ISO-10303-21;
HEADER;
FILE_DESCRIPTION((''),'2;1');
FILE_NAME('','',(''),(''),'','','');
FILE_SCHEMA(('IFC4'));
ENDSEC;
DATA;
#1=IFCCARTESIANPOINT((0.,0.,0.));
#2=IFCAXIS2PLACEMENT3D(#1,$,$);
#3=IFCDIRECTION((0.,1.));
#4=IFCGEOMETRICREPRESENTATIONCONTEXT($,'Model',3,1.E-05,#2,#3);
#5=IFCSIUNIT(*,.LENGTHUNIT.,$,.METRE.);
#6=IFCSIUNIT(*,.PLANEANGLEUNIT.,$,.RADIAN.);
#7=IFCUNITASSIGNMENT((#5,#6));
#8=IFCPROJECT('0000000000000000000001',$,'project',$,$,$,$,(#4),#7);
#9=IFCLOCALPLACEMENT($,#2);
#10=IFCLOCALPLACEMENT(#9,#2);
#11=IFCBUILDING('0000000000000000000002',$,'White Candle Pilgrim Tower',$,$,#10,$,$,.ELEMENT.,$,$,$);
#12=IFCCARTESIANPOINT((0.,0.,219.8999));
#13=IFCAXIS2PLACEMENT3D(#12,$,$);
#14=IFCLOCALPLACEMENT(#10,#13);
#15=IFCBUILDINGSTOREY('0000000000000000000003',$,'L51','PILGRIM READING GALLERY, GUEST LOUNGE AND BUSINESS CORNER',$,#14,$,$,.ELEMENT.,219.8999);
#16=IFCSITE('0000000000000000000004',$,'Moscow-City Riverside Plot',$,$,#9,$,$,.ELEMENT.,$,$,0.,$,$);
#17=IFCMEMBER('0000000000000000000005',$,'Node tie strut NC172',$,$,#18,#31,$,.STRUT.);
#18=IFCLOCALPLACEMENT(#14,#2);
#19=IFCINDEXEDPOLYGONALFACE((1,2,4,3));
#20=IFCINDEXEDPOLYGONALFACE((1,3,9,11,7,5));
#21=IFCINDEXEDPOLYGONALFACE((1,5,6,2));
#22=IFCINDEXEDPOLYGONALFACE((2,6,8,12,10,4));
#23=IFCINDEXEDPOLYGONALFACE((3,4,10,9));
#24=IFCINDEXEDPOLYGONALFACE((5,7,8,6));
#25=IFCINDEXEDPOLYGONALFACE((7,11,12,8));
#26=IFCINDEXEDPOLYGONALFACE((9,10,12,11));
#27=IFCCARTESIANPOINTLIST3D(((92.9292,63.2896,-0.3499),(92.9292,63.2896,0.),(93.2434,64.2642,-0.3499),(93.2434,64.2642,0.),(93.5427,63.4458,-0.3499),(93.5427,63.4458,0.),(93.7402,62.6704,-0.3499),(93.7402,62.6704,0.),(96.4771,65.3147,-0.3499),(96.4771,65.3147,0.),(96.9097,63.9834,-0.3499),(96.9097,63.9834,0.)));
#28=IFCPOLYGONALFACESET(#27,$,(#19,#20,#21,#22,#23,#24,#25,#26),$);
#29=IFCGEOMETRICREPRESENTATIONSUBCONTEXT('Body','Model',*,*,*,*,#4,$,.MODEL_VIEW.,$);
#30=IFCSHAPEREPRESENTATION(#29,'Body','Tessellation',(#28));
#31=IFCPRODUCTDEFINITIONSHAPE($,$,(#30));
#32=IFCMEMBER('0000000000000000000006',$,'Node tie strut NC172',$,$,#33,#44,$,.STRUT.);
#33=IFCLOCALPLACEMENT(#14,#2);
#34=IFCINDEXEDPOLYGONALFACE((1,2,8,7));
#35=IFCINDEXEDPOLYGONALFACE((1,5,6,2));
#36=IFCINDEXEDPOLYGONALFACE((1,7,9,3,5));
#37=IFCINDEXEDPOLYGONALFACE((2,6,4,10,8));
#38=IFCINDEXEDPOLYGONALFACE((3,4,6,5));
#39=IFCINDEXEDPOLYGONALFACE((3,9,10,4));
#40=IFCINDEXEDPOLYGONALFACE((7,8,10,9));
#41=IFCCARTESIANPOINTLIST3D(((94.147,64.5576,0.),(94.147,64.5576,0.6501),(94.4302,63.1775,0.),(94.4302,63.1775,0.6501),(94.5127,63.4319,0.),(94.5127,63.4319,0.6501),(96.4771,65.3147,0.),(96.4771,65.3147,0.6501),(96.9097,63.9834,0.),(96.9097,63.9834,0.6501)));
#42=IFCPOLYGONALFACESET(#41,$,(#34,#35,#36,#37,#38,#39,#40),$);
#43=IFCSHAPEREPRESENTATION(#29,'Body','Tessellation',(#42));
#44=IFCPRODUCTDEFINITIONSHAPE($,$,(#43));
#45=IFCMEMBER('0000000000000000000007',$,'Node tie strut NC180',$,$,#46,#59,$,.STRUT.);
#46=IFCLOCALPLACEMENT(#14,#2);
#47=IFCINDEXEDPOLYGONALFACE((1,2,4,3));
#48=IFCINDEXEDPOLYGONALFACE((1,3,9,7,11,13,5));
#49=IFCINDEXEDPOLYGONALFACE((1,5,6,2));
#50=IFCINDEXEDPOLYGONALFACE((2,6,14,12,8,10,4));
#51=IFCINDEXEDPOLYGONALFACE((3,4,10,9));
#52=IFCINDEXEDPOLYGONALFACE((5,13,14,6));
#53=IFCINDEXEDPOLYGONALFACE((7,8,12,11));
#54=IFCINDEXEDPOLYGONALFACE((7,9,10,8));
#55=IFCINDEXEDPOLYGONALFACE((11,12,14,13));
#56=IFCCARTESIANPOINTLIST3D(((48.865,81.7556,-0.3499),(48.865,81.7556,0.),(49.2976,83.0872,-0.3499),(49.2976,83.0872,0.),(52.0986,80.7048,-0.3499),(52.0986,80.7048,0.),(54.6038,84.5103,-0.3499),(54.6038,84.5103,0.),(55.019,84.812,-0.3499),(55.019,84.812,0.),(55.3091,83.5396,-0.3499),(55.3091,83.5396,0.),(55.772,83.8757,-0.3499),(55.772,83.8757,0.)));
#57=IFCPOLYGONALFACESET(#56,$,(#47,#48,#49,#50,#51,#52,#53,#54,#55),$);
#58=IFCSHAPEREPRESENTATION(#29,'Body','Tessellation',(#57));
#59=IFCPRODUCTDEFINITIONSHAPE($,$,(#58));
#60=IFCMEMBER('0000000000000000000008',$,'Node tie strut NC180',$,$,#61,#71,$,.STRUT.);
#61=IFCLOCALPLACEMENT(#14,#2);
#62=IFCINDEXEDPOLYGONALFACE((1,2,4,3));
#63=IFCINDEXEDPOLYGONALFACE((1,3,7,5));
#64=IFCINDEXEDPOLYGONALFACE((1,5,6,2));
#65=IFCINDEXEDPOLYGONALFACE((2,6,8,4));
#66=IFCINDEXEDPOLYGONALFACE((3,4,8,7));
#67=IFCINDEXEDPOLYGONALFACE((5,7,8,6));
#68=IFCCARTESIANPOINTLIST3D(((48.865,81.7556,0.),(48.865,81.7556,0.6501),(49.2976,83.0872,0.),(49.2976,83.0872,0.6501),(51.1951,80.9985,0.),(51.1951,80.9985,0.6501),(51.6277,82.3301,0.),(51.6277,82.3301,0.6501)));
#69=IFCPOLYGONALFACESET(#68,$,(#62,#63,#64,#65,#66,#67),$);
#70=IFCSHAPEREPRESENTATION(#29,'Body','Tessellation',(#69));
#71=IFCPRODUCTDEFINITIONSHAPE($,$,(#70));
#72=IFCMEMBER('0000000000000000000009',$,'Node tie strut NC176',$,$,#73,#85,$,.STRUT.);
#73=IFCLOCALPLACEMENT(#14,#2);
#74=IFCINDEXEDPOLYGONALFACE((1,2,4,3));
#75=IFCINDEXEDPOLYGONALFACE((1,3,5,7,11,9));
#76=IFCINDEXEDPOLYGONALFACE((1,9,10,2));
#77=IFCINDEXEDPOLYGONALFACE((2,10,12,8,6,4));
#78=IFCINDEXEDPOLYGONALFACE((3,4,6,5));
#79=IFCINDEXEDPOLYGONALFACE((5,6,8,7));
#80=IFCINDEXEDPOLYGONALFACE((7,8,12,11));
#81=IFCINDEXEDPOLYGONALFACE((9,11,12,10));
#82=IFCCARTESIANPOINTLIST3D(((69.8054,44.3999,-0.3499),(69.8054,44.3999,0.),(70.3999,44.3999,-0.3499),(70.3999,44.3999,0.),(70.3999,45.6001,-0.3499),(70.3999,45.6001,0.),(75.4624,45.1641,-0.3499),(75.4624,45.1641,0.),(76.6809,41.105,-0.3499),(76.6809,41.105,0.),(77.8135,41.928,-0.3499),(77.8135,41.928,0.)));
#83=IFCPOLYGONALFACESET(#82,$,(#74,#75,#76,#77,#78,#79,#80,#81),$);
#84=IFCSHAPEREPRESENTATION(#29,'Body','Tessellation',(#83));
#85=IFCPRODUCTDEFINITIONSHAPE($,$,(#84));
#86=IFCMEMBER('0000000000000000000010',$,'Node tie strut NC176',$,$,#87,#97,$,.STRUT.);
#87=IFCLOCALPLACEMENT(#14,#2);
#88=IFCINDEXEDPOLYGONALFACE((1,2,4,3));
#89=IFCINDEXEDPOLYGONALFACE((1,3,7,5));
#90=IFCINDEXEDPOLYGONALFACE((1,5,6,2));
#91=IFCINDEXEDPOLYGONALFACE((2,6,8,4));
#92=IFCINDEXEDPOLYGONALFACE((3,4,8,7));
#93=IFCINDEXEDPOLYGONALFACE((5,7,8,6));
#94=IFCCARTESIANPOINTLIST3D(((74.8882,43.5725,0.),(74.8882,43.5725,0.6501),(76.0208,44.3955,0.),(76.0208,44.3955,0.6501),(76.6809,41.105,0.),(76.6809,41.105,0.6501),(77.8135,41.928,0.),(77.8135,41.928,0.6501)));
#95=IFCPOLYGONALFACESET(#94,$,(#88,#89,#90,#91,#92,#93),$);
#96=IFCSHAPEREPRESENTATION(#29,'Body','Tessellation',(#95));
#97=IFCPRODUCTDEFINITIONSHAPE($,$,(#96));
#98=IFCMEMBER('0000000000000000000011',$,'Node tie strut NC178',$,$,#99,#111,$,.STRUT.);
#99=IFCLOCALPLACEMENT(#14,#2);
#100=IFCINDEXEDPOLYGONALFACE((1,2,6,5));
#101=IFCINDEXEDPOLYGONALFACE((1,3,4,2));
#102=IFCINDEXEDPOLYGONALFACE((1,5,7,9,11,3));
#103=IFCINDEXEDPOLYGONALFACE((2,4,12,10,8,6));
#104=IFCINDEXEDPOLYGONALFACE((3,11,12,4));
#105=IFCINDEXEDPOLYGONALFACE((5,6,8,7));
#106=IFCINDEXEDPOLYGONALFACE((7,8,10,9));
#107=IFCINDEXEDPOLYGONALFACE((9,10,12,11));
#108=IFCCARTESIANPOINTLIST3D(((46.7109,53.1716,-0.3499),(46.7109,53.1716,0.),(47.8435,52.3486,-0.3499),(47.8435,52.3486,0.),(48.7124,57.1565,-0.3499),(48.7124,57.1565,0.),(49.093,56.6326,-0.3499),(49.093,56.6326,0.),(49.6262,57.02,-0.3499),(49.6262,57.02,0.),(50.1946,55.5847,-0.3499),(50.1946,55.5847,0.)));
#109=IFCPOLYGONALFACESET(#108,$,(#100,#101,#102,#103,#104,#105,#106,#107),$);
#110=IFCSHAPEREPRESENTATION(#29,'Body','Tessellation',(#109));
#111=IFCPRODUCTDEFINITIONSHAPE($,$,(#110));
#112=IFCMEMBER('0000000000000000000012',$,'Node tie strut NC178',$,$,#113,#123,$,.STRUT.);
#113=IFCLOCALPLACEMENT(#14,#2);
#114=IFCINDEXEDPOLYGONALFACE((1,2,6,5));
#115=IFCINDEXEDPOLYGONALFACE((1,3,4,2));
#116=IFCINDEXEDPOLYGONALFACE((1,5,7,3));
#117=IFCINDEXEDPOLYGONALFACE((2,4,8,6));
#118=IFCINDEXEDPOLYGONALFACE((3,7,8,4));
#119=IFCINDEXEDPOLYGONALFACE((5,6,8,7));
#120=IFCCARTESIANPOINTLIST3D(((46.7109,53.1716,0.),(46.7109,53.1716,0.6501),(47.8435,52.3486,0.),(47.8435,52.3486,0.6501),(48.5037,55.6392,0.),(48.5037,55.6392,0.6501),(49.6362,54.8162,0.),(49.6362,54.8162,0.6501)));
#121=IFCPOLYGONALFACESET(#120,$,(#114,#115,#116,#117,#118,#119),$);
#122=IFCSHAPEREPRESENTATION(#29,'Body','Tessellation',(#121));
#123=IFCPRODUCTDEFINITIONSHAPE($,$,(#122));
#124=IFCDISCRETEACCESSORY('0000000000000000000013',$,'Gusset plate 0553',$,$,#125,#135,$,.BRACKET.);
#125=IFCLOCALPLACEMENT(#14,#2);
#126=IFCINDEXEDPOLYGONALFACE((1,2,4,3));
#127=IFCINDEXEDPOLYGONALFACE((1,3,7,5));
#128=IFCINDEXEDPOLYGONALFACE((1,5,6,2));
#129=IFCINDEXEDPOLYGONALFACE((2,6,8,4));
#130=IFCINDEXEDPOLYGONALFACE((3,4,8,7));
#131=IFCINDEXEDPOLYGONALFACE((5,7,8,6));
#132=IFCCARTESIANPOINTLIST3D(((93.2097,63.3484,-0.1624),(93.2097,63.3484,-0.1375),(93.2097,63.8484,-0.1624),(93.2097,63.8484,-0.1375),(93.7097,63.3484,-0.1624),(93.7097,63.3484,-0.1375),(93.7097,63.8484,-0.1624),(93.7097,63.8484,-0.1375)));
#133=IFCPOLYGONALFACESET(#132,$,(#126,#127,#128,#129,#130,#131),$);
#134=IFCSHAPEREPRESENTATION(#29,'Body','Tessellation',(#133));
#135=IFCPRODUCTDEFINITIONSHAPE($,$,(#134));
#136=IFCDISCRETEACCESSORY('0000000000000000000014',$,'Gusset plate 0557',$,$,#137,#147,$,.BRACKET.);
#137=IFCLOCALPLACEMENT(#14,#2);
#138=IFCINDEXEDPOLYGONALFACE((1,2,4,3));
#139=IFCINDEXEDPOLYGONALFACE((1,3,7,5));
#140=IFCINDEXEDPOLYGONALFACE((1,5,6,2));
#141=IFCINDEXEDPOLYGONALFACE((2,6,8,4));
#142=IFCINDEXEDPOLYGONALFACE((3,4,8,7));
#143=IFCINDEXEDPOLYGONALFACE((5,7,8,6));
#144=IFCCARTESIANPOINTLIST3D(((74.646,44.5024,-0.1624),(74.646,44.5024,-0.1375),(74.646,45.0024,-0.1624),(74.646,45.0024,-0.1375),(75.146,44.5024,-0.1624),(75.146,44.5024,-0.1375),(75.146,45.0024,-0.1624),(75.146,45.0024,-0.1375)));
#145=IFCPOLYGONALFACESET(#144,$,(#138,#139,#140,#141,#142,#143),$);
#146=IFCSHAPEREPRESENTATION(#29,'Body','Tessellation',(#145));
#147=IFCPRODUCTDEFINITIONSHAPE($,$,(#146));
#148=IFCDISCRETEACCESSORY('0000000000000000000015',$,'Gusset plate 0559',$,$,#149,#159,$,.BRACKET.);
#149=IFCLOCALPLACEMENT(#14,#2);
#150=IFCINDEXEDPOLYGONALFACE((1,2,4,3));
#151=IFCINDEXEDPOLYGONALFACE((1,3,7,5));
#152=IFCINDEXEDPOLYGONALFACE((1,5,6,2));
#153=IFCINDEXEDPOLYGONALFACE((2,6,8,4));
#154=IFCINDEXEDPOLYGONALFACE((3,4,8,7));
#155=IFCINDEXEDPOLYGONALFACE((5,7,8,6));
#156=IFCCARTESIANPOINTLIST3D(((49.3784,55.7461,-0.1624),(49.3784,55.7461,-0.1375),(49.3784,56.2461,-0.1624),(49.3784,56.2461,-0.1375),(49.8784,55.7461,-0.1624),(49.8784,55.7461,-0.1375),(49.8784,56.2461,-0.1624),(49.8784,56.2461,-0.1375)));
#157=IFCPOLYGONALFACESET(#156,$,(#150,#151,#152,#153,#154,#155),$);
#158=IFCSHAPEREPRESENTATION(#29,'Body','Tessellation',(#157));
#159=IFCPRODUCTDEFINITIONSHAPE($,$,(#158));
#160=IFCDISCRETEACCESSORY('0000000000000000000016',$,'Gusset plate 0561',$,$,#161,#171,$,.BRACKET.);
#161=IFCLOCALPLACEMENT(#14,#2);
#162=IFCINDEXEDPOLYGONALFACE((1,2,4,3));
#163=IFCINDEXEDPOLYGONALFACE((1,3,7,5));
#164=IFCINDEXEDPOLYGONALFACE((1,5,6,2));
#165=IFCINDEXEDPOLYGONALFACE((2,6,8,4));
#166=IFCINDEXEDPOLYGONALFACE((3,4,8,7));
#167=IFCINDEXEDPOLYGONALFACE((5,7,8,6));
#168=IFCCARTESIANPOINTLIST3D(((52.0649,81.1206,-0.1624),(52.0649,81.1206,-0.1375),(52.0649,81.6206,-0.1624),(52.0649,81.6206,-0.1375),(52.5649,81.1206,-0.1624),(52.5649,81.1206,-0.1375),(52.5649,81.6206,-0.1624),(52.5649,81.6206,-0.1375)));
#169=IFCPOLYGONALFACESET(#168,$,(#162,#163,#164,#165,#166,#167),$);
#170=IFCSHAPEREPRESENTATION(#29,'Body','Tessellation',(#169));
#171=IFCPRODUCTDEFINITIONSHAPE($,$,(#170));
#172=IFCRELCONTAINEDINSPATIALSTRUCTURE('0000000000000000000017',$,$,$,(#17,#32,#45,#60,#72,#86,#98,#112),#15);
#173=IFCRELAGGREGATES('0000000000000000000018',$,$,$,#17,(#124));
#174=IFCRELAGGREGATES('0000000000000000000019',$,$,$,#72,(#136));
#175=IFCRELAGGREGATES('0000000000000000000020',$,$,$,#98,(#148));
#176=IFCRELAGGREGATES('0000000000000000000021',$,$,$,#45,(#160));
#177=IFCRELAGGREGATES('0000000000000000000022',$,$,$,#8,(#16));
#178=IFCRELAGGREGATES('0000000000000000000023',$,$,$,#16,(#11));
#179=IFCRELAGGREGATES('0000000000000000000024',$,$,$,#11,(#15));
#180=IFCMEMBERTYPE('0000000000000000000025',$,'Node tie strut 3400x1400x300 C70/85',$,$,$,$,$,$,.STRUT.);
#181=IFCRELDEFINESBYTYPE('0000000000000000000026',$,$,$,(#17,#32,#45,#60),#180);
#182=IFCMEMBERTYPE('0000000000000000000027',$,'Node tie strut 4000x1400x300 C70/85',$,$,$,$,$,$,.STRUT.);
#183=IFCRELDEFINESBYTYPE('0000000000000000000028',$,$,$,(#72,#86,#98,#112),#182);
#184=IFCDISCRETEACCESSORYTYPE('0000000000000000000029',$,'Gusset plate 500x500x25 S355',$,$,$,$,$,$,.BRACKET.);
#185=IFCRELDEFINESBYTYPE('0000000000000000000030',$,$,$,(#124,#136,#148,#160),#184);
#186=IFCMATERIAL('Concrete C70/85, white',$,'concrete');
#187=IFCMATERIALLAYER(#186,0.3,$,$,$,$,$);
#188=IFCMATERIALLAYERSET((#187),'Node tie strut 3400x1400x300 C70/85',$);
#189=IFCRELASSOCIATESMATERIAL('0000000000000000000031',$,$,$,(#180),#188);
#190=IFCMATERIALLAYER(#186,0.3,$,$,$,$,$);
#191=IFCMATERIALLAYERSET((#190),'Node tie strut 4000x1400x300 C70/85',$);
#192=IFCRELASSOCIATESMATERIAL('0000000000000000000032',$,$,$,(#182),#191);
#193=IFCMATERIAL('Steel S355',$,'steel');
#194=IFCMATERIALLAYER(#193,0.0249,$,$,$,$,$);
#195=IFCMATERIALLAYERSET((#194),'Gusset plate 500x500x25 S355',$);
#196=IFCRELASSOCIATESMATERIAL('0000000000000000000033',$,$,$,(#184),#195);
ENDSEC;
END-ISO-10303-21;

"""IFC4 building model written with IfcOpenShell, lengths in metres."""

from ifc_helpers import new_model, si_unit, direction, frame, origin, origin_2d, place, context, subcontext, project, spatial, polyline, rectangle, outline, extrude, material, layer, layer_set, type_object, element, aggregate, save


model = new_model("IFC4")

# Units and contexts
model_context = context("Model", 3, precision=1e-05, world=origin(), true_north=direction((0.0, 1.0)))
body_context = subcontext(model_context, "Body", "Model", "MODEL_VIEW")
ifc_project = project(units=[si_unit("LENGTHUNIT", "METRE"), si_unit("PLANEANGLEUNIT", "RADIAN")], contexts=[model_context])

# Site, building, storey
site_placement = place(None, origin())
site = spatial("IfcSite", under=ifc_project, at=site_placement, Name="Moscow-City Riverside Plot", CompositionType="ELEMENT", RefElevation=0.0)
building_placement = place(site_placement, origin())
building = spatial("IfcBuilding", under=site, at=building_placement, Name="White Candle Pilgrim Tower", CompositionType="ELEMENT")
storey_placement = place(building_placement, frame((0.0, 0.0, 219.8999)))
storey = spatial("IfcBuildingStorey", under=building, at=storey_placement, Name="L51", Description="PILGRIM READING GALLERY, GUEST LOUNGE AND BUSINESS CORNER", CompositionType="ELEMENT", Elevation=219.8999)

# Members
ifc_material_1 = material(Name="Concrete C70/85, white", Category="concrete")
ifc_layer_1 = layer(ifc_material_1, 0.3)
ifc_layer_set_1 = layer_set([ifc_layer_1], Name="Node tie strut 3400x1400x300 C70/85")
member_type_1 = type_object("IfcMemberType", Name="Node tie strut 3400x1400x300 C70/85", PredefinedType="STRUT", material=ifc_layer_set_1)
member_1_placement = place(storey_placement, frame((0.0, 0.0, -0.3499)))
member_1 = element("IfcMember", 1, at=member_1_placement, inside=storey, type_object=member_type_1, Name="Node tie strut NC172", PredefinedType="STRUT", context=body_context, shape_type="SweptSolid", body=[
    extrude(outline(polyline([(93.7402, 62.6704), (96.9097, 63.9834), (96.4771, 65.3147), (93.2434, 64.2642), (92.9292, 63.2896), (93.5427, 63.4458), (93.7402, 62.6704)])), origin(), (0.0, 0.0, 1.0), 0.3499),
])
member_2_placement = place(storey_placement, origin())
element("IfcMember", 2, at=member_2_placement, inside=storey, type_object=member_type_1, Name="Node tie strut NC172", PredefinedType="STRUT", context=body_context, shape_type="SweptSolid", body=[
    extrude(outline(polyline([(94.4302, 63.1775), (96.9097, 63.9834), (96.4771, 65.3147), (94.147, 64.5576), (94.5127, 63.4319), (94.4302, 63.1775)])), origin(), (0.0, 0.0, 1.0), 0.6501),
])
member_3_placement = place(storey_placement, frame((0.0, 0.0, -0.3499)))
member_3 = element("IfcMember", 3, at=member_3_placement, inside=storey, type_object=member_type_1, Name="Node tie strut NC180", PredefinedType="STRUT", context=body_context, shape_type="SweptSolid", body=[
    extrude(outline(polyline([(52.0986, 80.7048), (55.772, 83.8757), (55.3091, 83.5396), (54.6038, 84.5103), (55.019, 84.812), (49.2976, 83.0872), (48.865, 81.7556), (52.0986, 80.7048)])), origin(), (0.0, 0.0, 1.0), 0.3499),
])
member_4_placement = place(storey_placement, origin())
element("IfcMember", 4, at=member_4_placement, inside=storey, type_object=member_type_1, Name="Node tie strut NC180", PredefinedType="STRUT", context=body_context, shape_type="SweptSolid", body=[
    extrude(outline(polyline([(51.1951, 80.9985), (51.6277, 82.3301), (49.2976, 83.0872), (48.865, 81.7556), (51.1951, 80.9985)])), origin(), (0.0, 0.0, 1.0), 0.6501),
])
ifc_layer_2 = layer(ifc_material_1, 0.3)
ifc_layer_set_2 = layer_set([ifc_layer_2], Name="Node tie strut 4000x1400x300 C70/85")
member_type_2 = type_object("IfcMemberType", Name="Node tie strut 4000x1400x300 C70/85", PredefinedType="STRUT", material=ifc_layer_set_2)
member_5_placement = place(storey_placement, frame((0.0, 0.0, -0.3499)))
member_5 = element("IfcMember", 5, at=member_5_placement, inside=storey, type_object=member_type_2, Name="Node tie strut NC176", PredefinedType="STRUT", context=body_context, shape_type="SweptSolid", body=[
    extrude(outline(polyline([(76.6809, 41.105), (77.8135, 41.928), (75.4624, 45.1641), (70.3999, 45.6001), (70.3999, 44.3999), (69.8054, 44.3999), (76.6809, 41.105)])), origin(), (0.0, 0.0, 1.0), 0.3499),
])
member_6_placement = place(storey_placement, origin())
element("IfcMember", 6, at=member_6_placement, inside=storey, type_object=member_type_2, Name="Node tie strut NC176", PredefinedType="STRUT", context=body_context, shape_type="SweptSolid", body=[
    extrude(outline(polyline([(76.6809, 41.105), (77.8135, 41.928), (76.0208, 44.3955), (74.8882, 43.5725), (76.6809, 41.105)])), origin(), (0.0, 0.0, 1.0), 0.6501),
])
member_7_placement = place(storey_placement, frame((0.0, 0.0, -0.3499)))
member_7 = element("IfcMember", 7, at=member_7_placement, inside=storey, type_object=member_type_2, Name="Node tie strut NC178", PredefinedType="STRUT", context=body_context, shape_type="SweptSolid", body=[
    extrude(outline(polyline([(47.8435, 52.3486), (50.1946, 55.5847), (49.6262, 57.02), (49.093, 56.6326), (48.7124, 57.1565), (46.7109, 53.1716), (47.8435, 52.3486)])), origin(), (0.0, 0.0, 1.0), 0.3499),
])
member_8_placement = place(storey_placement, origin())
element("IfcMember", 8, at=member_8_placement, inside=storey, type_object=member_type_2, Name="Node tie strut NC178", PredefinedType="STRUT", context=body_context, shape_type="SweptSolid", body=[
    extrude(outline(polyline([(47.8435, 52.3486), (49.6362, 54.8162), (48.5037, 55.6392), (46.7109, 53.1716), (47.8435, 52.3486)])), origin(), (0.0, 0.0, 1.0), 0.6501),
])

# Discrete accessories
ifc_material_2 = material(Name="Steel S355", Category="steel")
ifc_layer_3 = layer(ifc_material_2, 0.0249)
ifc_layer_set_3 = layer_set([ifc_layer_3], Name="Gusset plate 500x500x25 S355")
discrete_accessory_type = type_object("IfcDiscreteAccessoryType", Name="Gusset plate 500x500x25 S355", PredefinedType="BRACKET", material=ifc_layer_set_3)
discrete_accessory_1_placement = place(storey_placement, frame((93.4597, 63.5984, -0.1624), z_axis=(0.0, 0.0, 1.0), x_axis=(1.0, 0.0, 0.0)))
discrete_accessory_1 = element("IfcDiscreteAccessory", 9, at=discrete_accessory_1_placement, type_object=discrete_accessory_type, Name="Gusset plate 0553", PredefinedType="BRACKET", context=body_context, shape_type="SweptSolid", body=[
    extrude(rectangle(XDim=0.5, YDim=0.5, at=origin_2d()), origin(), (0.0, 0.0, 1.0), 0.0249),
])
aggregate(member_1, [discrete_accessory_1])
discrete_accessory_2_placement = place(storey_placement, frame((74.896, 44.7524, -0.1624), z_axis=(0.0, 0.0, 1.0), x_axis=(1.0, 0.0, 0.0)))
discrete_accessory_2 = element("IfcDiscreteAccessory", 10, at=discrete_accessory_2_placement, type_object=discrete_accessory_type, Name="Gusset plate 0557", PredefinedType="BRACKET", context=body_context, shape_type="SweptSolid", body=[
    extrude(rectangle(XDim=0.5, YDim=0.5, at=origin_2d()), origin(), (0.0, 0.0, 1.0), 0.0249),
])
aggregate(member_5, [discrete_accessory_2])
discrete_accessory_3_placement = place(storey_placement, frame((49.6284, 55.9961, -0.1624), z_axis=(0.0, 0.0, 1.0), x_axis=(1.0, 0.0, 0.0)))
discrete_accessory_3 = element("IfcDiscreteAccessory", 11, at=discrete_accessory_3_placement, type_object=discrete_accessory_type, Name="Gusset plate 0559", PredefinedType="BRACKET", context=body_context, shape_type="SweptSolid", body=[
    extrude(rectangle(XDim=0.5, YDim=0.5, at=origin_2d()), origin(), (0.0, 0.0, 1.0), 0.0249),
])
aggregate(member_7, [discrete_accessory_3])
discrete_accessory_4_placement = place(storey_placement, frame((52.3149, 81.3706, -0.1624), z_axis=(0.0, 0.0, 1.0), x_axis=(1.0, 0.0, 0.0)))
discrete_accessory_4 = element("IfcDiscreteAccessory", 12, at=discrete_accessory_4_placement, type_object=discrete_accessory_type, Name="Gusset plate 0561", PredefinedType="BRACKET", context=body_context, shape_type="SweptSolid", body=[
    extrude(rectangle(XDim=0.5, YDim=0.5, at=origin_2d()), origin(), (0.0, 0.0, 1.0), 0.0249),
])
aggregate(member_3, [discrete_accessory_4])

save(model, "model.ifc")
